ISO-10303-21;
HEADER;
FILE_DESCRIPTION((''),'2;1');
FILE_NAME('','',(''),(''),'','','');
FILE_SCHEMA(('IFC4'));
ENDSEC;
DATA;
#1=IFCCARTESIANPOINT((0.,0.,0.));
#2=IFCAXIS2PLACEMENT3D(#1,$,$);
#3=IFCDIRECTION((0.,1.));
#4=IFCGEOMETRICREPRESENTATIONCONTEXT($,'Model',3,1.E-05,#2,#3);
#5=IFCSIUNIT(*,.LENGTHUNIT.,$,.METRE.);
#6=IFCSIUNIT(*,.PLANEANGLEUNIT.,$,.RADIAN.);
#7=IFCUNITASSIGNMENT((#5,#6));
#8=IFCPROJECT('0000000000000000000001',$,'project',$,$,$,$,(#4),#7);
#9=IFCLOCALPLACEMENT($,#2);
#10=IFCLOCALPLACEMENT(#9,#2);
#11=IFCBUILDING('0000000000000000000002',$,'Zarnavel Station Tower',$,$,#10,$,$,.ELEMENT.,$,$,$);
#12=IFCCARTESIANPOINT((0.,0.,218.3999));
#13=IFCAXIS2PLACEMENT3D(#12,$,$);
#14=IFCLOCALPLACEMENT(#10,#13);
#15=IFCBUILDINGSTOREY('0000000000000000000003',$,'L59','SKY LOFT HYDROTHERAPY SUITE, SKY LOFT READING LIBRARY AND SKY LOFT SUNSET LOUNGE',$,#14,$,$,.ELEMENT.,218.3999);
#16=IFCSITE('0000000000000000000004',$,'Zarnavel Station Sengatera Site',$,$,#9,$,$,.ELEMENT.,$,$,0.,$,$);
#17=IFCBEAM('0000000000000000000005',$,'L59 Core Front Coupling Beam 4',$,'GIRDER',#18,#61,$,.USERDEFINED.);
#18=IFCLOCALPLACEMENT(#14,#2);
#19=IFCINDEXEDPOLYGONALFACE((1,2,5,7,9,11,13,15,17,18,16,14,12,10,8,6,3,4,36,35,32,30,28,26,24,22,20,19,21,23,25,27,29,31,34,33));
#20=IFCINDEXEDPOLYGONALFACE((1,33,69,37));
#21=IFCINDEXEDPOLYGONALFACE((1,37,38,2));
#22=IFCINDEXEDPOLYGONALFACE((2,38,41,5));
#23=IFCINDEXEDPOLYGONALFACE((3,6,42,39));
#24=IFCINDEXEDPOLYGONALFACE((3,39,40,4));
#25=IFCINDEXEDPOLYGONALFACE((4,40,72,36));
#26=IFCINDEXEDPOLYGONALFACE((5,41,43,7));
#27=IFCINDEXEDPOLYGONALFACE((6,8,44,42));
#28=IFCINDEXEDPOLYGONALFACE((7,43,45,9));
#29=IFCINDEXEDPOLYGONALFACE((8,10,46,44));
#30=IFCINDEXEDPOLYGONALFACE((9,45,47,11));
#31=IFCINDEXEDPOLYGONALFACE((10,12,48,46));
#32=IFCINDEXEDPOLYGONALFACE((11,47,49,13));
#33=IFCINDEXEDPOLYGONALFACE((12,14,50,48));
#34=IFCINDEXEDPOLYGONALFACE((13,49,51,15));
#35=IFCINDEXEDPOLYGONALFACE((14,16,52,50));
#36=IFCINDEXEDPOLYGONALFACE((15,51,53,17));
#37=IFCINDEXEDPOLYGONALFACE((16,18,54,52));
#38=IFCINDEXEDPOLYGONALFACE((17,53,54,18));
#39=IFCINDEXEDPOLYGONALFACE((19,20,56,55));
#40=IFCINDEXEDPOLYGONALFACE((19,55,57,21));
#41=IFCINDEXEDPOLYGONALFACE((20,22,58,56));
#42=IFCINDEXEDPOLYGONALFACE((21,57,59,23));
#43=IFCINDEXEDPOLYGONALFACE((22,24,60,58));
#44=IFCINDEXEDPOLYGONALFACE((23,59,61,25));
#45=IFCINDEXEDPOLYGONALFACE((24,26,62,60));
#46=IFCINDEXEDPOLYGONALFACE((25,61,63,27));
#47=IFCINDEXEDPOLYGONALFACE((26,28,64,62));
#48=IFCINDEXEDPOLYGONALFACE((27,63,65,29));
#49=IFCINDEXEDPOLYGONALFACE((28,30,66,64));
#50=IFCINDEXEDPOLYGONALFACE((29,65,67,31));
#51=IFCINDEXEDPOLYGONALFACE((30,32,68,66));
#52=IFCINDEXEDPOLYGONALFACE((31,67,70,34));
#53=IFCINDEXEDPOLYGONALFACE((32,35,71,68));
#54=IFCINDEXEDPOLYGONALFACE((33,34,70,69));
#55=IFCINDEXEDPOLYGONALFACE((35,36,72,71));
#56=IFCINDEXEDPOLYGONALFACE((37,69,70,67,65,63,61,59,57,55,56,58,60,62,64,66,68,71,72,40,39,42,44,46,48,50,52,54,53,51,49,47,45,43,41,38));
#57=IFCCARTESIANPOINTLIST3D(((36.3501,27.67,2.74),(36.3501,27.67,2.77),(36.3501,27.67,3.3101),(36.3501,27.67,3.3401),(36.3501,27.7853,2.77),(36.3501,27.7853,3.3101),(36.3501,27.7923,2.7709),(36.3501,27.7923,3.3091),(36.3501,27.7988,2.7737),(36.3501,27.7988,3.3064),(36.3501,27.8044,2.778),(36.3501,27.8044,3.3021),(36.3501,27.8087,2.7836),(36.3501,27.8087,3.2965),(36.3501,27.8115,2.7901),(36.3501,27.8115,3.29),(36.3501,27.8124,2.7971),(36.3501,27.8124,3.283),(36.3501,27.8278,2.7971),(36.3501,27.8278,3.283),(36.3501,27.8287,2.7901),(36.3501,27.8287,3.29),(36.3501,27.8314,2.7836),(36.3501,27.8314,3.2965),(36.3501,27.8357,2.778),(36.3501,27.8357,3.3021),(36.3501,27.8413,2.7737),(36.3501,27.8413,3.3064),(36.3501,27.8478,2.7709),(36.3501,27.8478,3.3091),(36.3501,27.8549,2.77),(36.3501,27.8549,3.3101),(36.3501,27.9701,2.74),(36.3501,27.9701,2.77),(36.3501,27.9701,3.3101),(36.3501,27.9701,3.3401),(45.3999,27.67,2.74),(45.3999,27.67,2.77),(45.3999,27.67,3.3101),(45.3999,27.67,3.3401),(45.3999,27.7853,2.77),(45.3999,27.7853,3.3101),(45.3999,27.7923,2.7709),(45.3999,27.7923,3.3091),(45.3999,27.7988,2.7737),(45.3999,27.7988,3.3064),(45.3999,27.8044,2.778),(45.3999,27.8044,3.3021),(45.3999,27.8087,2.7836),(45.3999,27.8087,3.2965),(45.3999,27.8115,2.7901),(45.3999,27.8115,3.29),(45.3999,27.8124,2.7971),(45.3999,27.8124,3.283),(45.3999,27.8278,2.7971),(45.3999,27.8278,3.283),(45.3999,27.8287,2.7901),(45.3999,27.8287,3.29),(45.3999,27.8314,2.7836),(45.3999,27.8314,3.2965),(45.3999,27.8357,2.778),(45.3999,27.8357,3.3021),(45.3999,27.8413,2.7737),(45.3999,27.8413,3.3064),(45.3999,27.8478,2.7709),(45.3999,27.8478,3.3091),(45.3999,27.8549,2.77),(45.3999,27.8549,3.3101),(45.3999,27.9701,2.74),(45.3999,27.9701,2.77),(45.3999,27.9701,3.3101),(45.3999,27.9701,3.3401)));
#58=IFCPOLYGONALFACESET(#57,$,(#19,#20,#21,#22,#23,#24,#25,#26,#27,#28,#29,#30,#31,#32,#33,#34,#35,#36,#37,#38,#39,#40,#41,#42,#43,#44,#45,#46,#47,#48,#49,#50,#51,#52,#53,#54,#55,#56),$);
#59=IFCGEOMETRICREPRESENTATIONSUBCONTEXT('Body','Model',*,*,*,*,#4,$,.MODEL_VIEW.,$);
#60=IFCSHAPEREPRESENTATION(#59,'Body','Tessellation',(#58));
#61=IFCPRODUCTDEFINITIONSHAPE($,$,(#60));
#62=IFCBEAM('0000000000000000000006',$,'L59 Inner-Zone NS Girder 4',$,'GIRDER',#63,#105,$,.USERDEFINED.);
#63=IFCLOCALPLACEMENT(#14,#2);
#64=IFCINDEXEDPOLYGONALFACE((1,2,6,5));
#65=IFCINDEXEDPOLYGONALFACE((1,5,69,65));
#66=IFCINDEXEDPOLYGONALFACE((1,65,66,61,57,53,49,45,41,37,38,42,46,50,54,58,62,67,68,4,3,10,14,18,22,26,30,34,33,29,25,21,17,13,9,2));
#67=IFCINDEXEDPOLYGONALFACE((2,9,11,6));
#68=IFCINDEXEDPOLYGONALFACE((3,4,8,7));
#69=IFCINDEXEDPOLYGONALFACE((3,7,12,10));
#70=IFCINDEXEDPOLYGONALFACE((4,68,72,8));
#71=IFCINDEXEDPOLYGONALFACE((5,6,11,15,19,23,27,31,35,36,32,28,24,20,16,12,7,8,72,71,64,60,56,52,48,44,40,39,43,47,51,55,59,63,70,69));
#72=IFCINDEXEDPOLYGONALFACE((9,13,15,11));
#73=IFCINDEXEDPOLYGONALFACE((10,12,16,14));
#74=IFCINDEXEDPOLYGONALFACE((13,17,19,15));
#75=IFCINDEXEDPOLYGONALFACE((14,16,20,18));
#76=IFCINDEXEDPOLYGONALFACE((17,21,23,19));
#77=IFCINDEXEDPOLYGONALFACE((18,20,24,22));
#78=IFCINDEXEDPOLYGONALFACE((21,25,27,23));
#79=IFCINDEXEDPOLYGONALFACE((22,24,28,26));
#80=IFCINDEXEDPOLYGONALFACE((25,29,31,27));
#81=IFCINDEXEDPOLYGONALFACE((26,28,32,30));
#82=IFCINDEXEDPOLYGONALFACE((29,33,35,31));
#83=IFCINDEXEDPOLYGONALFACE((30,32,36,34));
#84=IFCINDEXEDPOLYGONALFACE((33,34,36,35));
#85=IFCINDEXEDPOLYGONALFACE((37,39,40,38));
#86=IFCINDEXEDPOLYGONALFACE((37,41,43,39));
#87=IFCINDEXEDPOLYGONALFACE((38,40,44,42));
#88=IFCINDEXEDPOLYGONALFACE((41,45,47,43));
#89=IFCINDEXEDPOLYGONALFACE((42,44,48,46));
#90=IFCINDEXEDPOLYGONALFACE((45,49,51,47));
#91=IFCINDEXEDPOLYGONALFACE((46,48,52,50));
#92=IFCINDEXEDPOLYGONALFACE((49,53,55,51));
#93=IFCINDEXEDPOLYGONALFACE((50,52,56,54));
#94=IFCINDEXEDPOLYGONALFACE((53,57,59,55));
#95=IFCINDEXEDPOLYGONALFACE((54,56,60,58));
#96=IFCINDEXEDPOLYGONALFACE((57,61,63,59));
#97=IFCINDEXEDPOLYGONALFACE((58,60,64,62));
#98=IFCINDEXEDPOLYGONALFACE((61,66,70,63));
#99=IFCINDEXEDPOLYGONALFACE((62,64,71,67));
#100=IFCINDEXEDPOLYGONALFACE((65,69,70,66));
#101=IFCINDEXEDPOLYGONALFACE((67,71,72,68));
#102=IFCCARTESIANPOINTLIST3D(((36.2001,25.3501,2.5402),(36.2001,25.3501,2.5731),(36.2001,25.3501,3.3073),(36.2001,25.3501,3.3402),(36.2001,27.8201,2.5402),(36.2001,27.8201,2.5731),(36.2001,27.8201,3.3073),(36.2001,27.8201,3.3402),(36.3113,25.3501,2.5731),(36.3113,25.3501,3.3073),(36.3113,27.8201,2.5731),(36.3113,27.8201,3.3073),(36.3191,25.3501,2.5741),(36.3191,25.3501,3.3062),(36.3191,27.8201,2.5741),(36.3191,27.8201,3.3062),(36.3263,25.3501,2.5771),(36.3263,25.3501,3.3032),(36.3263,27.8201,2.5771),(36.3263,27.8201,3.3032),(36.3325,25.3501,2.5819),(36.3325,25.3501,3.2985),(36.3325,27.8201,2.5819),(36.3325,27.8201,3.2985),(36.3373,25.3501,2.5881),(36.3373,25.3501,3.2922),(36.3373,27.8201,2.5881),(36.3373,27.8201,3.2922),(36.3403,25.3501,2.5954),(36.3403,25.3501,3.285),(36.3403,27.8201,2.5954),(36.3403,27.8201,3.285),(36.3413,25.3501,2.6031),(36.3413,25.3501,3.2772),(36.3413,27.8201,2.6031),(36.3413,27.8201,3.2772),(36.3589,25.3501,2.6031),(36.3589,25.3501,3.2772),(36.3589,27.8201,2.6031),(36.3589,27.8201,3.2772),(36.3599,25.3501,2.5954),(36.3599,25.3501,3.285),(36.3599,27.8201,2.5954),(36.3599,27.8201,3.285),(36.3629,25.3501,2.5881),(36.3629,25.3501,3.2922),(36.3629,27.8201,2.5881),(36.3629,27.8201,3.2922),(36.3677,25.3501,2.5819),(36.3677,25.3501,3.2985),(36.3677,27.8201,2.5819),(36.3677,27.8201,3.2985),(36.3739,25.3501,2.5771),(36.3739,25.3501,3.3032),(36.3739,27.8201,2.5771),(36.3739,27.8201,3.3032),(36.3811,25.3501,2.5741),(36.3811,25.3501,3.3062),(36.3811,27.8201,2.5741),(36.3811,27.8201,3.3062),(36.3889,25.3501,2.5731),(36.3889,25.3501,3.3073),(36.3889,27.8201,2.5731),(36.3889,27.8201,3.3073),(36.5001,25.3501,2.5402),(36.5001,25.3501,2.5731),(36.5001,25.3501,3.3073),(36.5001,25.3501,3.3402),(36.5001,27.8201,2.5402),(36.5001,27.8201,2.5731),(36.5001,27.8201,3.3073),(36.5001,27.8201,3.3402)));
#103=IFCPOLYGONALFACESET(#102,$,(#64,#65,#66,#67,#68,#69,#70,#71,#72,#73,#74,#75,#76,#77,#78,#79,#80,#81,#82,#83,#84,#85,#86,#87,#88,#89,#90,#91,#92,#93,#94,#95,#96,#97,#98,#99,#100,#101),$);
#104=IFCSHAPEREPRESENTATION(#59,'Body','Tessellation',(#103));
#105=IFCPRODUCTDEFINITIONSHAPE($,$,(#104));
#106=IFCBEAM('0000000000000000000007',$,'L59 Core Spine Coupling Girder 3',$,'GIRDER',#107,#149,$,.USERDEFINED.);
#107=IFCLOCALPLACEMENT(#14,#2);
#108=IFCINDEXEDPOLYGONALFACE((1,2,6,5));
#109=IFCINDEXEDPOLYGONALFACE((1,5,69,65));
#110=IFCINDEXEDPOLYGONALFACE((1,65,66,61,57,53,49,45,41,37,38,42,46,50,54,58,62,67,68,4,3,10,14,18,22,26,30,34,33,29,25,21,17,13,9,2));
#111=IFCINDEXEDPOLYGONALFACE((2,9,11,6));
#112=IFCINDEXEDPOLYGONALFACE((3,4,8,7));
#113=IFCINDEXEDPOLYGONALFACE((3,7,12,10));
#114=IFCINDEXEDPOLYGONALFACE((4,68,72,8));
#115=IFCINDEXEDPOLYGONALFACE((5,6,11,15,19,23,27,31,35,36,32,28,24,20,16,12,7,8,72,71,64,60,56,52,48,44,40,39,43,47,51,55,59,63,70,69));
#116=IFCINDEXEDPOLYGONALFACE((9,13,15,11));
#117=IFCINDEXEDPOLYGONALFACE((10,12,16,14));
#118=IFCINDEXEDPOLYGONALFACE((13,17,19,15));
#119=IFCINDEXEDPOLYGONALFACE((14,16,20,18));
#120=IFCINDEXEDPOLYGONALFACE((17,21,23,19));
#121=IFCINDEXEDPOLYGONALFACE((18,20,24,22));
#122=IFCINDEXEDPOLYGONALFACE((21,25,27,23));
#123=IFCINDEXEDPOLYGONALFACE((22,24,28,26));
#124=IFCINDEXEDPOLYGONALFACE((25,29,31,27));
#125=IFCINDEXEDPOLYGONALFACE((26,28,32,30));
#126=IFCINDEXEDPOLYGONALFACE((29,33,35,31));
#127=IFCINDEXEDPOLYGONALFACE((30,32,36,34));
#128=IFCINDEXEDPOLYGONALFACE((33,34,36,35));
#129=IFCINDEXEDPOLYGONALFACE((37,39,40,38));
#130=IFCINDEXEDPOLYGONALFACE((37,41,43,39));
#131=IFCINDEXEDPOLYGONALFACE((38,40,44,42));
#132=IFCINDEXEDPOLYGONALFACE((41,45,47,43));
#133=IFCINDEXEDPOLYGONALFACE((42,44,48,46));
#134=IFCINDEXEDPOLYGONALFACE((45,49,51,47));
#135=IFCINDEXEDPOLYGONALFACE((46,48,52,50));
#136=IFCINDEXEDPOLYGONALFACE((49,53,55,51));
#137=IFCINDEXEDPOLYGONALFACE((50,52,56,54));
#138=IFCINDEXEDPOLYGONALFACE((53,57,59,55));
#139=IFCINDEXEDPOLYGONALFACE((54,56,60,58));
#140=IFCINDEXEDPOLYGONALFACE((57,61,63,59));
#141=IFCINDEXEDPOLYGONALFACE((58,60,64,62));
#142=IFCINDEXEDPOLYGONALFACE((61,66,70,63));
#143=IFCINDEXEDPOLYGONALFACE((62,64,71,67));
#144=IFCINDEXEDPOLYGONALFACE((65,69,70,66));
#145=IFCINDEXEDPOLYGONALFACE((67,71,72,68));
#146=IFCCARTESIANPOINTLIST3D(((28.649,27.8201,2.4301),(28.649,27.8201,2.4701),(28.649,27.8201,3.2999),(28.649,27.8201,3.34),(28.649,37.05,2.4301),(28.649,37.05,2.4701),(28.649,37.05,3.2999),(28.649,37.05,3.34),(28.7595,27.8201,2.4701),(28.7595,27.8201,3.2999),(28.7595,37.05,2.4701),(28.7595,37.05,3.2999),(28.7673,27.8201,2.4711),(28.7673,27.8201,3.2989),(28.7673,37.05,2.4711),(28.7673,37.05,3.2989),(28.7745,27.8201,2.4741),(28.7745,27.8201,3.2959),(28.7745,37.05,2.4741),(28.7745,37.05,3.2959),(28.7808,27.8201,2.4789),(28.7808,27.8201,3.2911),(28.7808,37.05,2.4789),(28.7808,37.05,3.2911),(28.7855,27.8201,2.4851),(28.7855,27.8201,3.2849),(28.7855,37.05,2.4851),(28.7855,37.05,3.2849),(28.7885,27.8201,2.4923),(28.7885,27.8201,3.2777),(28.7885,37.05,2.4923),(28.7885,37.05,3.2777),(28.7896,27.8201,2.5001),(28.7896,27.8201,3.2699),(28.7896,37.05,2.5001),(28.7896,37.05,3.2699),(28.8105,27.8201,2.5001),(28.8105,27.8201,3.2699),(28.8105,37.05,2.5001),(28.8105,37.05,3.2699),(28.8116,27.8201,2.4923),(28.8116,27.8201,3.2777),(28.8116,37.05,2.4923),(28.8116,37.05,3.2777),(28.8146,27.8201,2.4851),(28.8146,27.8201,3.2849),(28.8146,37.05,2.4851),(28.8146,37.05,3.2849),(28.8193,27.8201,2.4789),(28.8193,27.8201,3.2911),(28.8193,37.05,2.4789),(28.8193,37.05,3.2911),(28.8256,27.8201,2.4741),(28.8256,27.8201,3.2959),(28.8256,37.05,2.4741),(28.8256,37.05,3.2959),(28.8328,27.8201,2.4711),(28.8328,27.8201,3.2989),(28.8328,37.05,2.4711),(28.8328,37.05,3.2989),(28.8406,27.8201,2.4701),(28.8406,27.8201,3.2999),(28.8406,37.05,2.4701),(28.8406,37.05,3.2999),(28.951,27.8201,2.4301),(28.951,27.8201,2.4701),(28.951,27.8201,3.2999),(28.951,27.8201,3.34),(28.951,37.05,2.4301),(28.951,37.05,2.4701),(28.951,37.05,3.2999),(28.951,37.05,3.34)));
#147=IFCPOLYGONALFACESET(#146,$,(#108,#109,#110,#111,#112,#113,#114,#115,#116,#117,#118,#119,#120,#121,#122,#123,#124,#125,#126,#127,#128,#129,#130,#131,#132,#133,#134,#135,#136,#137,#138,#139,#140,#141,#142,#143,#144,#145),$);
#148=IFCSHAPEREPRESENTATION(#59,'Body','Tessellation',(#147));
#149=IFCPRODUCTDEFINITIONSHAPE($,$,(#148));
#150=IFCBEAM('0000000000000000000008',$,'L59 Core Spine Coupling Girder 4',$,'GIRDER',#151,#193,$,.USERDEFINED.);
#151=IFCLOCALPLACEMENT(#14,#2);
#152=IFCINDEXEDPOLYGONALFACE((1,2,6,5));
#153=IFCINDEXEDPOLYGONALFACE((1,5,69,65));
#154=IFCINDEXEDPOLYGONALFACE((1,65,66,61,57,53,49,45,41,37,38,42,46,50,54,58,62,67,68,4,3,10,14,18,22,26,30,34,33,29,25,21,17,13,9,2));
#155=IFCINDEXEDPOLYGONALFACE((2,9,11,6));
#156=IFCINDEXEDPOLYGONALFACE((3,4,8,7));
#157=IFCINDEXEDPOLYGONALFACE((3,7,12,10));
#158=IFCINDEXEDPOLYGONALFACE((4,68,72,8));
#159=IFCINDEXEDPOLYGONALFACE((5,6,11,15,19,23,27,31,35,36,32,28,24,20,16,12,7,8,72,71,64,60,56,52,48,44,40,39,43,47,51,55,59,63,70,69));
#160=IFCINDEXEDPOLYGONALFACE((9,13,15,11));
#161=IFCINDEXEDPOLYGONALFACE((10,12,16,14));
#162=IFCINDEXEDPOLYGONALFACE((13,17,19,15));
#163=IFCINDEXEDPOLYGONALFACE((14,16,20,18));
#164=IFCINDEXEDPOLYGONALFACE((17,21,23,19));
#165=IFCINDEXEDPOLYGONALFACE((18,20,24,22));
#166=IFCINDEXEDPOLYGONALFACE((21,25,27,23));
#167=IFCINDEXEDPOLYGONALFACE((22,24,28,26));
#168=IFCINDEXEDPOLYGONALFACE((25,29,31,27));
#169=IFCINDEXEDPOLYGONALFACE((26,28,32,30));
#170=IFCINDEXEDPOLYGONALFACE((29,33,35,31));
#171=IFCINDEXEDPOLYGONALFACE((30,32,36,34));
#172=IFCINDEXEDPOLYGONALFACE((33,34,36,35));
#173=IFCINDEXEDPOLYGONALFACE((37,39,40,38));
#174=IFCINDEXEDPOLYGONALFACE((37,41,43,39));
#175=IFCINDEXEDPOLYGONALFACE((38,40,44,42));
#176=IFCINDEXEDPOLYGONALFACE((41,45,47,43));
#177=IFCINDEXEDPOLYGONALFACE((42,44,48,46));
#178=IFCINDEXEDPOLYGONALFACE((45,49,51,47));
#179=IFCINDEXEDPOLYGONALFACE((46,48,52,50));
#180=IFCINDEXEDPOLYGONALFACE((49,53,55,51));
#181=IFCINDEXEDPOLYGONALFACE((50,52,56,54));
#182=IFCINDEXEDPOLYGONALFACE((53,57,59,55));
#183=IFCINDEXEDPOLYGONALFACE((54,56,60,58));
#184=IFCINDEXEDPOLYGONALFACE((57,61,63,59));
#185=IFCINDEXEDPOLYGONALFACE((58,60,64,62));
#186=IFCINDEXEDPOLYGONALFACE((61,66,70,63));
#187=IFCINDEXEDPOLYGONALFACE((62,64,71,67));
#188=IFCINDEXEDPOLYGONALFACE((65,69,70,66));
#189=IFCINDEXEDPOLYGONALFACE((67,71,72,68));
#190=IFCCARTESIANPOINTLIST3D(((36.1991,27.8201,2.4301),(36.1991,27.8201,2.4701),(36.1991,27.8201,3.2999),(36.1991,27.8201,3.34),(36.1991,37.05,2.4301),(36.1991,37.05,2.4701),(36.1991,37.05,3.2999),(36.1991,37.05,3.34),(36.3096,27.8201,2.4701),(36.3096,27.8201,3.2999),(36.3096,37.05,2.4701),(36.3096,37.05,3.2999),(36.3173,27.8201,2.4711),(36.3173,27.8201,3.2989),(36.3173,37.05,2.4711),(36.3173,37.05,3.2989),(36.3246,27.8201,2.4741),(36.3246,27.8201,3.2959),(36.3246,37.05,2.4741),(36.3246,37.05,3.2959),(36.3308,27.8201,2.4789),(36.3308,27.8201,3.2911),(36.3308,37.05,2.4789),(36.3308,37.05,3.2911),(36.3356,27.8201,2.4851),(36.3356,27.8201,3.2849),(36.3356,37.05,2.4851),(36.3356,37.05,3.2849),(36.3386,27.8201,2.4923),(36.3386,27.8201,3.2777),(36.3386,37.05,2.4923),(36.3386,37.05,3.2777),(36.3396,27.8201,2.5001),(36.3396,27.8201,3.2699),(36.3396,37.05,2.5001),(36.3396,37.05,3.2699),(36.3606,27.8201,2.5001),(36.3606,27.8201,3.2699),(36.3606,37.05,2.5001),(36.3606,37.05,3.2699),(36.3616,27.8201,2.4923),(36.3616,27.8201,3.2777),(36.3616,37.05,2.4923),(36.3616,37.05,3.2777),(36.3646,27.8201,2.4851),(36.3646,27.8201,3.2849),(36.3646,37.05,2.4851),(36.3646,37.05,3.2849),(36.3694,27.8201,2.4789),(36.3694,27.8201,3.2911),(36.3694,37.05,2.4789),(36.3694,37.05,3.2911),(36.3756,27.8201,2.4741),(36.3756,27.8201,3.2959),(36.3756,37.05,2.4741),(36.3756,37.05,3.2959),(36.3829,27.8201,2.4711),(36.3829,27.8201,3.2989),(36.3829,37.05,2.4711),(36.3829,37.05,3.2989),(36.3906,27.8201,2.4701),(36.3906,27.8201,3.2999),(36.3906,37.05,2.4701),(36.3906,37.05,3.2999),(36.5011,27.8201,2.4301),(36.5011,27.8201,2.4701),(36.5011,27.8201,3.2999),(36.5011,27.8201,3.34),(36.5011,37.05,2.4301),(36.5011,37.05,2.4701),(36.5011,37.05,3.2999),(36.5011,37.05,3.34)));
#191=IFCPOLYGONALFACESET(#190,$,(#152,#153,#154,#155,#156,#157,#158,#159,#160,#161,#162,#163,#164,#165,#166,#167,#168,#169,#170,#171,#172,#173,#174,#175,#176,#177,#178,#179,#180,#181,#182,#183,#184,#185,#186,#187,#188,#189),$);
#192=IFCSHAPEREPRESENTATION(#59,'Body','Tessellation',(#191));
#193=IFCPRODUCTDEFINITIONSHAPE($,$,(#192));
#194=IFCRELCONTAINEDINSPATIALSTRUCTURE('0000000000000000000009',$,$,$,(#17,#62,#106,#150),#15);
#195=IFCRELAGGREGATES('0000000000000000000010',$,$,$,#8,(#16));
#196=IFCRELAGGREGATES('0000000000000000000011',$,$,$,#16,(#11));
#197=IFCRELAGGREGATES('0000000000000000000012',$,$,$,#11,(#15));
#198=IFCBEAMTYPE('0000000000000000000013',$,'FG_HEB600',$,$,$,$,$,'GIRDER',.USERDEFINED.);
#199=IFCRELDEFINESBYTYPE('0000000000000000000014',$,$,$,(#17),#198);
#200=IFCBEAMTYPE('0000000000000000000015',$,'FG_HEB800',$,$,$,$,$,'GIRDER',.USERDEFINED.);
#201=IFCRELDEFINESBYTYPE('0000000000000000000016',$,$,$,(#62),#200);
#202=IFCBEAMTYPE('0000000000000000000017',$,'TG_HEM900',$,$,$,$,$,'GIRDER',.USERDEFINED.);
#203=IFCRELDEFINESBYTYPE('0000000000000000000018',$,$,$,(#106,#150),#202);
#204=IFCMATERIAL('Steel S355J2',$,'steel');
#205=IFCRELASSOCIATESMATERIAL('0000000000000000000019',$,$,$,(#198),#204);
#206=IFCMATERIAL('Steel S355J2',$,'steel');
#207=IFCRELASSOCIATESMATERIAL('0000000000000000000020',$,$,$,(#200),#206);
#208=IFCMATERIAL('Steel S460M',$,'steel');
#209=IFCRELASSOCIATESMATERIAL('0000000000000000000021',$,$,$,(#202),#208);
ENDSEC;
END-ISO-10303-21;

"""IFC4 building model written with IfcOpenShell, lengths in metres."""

from ifc_helpers import new_model, si_unit, direction, frame, origin, origin_2d, place, context, subcontext, project, spatial, i_section, extrude, material, material_profile, profile_set, type_object, element, save


model = new_model("IFC4")

# Units and contexts
model_context = context("Model", 3, precision=1e-05, world=origin(), true_north=direction((0.0, 1.0)))
body_context = subcontext(model_context, "Body", "Model", "MODEL_VIEW")
ifc_project = project(units=[si_unit("LENGTHUNIT", "METRE"), si_unit("PLANEANGLEUNIT", "RADIAN")], contexts=[model_context])

# Site, building, storey
site_placement = place(None, origin())
site = spatial("IfcSite", under=ifc_project, at=site_placement, Name="Zarnavel Station Sengatera Site", CompositionType="ELEMENT", RefElevation=0.0)
building_placement = place(site_placement, origin())
building = spatial("IfcBuilding", under=site, at=building_placement, Name="Zarnavel Station Tower", CompositionType="ELEMENT")
storey_placement = place(building_placement, frame((0.0, 0.0, 218.3999)))
storey = spatial("IfcBuildingStorey", under=building, at=storey_placement, Name="L59", Description="SKY LOFT HYDROTHERAPY SUITE, SKY LOFT READING LIBRARY AND SKY LOFT SUNSET LOUNGE", CompositionType="ELEMENT", Elevation=218.3999)

# Beams
ifc_material_1 = material(Name="Steel S355J2", Category="steel")
ifc_material_profile_1 = material_profile(ifc_material_1, i_section(OverallWidth=0.3, OverallDepth=0.6001, WebThickness=0.0154, FlangeThickness=0.03, FilletRadius=0.0271, at=origin_2d()), Name="HEB600")
ifc_profile_set_1 = profile_set([ifc_material_profile_1], Name="Steel S355J2")
beam_type_1 = type_object("IfcBeamType", Name="FG_HEB600", ElementType="GIRDER", PredefinedType="USERDEFINED", material=ifc_profile_set_1)
beam_1_placement = place(storey_placement, frame((36.3501, 27.8201, 3.04), z_axis=(1.0, 0.0, 0.0), x_axis=(0.0, 1.0, 0.0)))
element("IfcBeam", 1, at=beam_1_placement, inside=storey, type_object=beam_type_1, Name="L59 Core Front Coupling Beam 4", ObjectType="GIRDER", PredefinedType="USERDEFINED", context=body_context, shape_type="SweptSolid", body=[
    extrude(i_section(OverallWidth=0.3, OverallDepth=0.6001, WebThickness=0.0154, FlangeThickness=0.03, FilletRadius=0.0271, at=origin_2d()), origin(), (0.0, 0.0, 1.0), 9.0498),
])
ifc_material_2 = material(Name="Steel S355J2", Category="steel")
ifc_material_profile_2 = material_profile(ifc_material_2, i_section(OverallWidth=0.3, OverallDepth=0.8, WebThickness=0.0176, FlangeThickness=0.033, FilletRadius=0.03, at=origin_2d()), Name="HEB800")
ifc_profile_set_2 = profile_set([ifc_material_profile_2], Name="Steel S355J2")
beam_type_2 = type_object("IfcBeamType", Name="FG_HEB800", ElementType="GIRDER", PredefinedType="USERDEFINED", material=ifc_profile_set_2)
beam_2_placement = place(storey_placement, frame((36.3501, 25.3501, 2.9402), z_axis=(0.0, 1.0, 0.0), x_axis=(-1.0, 0.0, 0.0)))
element("IfcBeam", 2, at=beam_2_placement, inside=storey, type_object=beam_type_2, Name="L59 Inner-Zone NS Girder 4", ObjectType="GIRDER", PredefinedType="USERDEFINED", context=body_context, shape_type="SweptSolid", body=[
    extrude(i_section(OverallWidth=0.3, OverallDepth=0.8, WebThickness=0.0176, FlangeThickness=0.033, FilletRadius=0.03, at=origin_2d()), origin(), (0.0, 0.0, 1.0), 2.47),
])
ifc_material_3 = material(Name="Steel S460M", Category="steel")
ifc_material_profile_3 = material_profile(ifc_material_3, i_section(OverallWidth=0.302, OverallDepth=0.9099, WebThickness=0.021, FlangeThickness=0.04, FilletRadius=0.03, at=origin_2d()), Name="HEM900")
ifc_profile_set_3 = profile_set([ifc_material_profile_3], Name="Steel S460M")
beam_type_3 = type_object("IfcBeamType", Name="TG_HEM900", ElementType="GIRDER", PredefinedType="USERDEFINED", material=ifc_profile_set_3)
for number, where, z_axis, x_axis, name in (
    (3, (28.8, 27.8201, 2.885), (0.0, 1.0, 0.0), (-1.0, 0.0, 0.0), "L59 Core Spine Coupling Girder 3"),
    (4, (36.3501, 27.8201, 2.885), (0.0, 1.0, 0.0), (-1.0, 0.0, 0.0), "L59 Core Spine Coupling Girder 4"),
):
    element("IfcBeam", number, at=place(storey_placement, frame(where, z_axis=z_axis, x_axis=x_axis)), inside=storey, type_object=beam_type_3, Name=name, ObjectType="GIRDER", PredefinedType="USERDEFINED", context=body_context, shape_type="SweptSolid", body=[
        extrude(i_section(OverallWidth=0.302, OverallDepth=0.9099, WebThickness=0.021, FlangeThickness=0.04, FilletRadius=0.03, at=origin_2d()), origin(), (0.0, 0.0, 1.0), 9.23),
    ])

save(model, "model.ifc")
